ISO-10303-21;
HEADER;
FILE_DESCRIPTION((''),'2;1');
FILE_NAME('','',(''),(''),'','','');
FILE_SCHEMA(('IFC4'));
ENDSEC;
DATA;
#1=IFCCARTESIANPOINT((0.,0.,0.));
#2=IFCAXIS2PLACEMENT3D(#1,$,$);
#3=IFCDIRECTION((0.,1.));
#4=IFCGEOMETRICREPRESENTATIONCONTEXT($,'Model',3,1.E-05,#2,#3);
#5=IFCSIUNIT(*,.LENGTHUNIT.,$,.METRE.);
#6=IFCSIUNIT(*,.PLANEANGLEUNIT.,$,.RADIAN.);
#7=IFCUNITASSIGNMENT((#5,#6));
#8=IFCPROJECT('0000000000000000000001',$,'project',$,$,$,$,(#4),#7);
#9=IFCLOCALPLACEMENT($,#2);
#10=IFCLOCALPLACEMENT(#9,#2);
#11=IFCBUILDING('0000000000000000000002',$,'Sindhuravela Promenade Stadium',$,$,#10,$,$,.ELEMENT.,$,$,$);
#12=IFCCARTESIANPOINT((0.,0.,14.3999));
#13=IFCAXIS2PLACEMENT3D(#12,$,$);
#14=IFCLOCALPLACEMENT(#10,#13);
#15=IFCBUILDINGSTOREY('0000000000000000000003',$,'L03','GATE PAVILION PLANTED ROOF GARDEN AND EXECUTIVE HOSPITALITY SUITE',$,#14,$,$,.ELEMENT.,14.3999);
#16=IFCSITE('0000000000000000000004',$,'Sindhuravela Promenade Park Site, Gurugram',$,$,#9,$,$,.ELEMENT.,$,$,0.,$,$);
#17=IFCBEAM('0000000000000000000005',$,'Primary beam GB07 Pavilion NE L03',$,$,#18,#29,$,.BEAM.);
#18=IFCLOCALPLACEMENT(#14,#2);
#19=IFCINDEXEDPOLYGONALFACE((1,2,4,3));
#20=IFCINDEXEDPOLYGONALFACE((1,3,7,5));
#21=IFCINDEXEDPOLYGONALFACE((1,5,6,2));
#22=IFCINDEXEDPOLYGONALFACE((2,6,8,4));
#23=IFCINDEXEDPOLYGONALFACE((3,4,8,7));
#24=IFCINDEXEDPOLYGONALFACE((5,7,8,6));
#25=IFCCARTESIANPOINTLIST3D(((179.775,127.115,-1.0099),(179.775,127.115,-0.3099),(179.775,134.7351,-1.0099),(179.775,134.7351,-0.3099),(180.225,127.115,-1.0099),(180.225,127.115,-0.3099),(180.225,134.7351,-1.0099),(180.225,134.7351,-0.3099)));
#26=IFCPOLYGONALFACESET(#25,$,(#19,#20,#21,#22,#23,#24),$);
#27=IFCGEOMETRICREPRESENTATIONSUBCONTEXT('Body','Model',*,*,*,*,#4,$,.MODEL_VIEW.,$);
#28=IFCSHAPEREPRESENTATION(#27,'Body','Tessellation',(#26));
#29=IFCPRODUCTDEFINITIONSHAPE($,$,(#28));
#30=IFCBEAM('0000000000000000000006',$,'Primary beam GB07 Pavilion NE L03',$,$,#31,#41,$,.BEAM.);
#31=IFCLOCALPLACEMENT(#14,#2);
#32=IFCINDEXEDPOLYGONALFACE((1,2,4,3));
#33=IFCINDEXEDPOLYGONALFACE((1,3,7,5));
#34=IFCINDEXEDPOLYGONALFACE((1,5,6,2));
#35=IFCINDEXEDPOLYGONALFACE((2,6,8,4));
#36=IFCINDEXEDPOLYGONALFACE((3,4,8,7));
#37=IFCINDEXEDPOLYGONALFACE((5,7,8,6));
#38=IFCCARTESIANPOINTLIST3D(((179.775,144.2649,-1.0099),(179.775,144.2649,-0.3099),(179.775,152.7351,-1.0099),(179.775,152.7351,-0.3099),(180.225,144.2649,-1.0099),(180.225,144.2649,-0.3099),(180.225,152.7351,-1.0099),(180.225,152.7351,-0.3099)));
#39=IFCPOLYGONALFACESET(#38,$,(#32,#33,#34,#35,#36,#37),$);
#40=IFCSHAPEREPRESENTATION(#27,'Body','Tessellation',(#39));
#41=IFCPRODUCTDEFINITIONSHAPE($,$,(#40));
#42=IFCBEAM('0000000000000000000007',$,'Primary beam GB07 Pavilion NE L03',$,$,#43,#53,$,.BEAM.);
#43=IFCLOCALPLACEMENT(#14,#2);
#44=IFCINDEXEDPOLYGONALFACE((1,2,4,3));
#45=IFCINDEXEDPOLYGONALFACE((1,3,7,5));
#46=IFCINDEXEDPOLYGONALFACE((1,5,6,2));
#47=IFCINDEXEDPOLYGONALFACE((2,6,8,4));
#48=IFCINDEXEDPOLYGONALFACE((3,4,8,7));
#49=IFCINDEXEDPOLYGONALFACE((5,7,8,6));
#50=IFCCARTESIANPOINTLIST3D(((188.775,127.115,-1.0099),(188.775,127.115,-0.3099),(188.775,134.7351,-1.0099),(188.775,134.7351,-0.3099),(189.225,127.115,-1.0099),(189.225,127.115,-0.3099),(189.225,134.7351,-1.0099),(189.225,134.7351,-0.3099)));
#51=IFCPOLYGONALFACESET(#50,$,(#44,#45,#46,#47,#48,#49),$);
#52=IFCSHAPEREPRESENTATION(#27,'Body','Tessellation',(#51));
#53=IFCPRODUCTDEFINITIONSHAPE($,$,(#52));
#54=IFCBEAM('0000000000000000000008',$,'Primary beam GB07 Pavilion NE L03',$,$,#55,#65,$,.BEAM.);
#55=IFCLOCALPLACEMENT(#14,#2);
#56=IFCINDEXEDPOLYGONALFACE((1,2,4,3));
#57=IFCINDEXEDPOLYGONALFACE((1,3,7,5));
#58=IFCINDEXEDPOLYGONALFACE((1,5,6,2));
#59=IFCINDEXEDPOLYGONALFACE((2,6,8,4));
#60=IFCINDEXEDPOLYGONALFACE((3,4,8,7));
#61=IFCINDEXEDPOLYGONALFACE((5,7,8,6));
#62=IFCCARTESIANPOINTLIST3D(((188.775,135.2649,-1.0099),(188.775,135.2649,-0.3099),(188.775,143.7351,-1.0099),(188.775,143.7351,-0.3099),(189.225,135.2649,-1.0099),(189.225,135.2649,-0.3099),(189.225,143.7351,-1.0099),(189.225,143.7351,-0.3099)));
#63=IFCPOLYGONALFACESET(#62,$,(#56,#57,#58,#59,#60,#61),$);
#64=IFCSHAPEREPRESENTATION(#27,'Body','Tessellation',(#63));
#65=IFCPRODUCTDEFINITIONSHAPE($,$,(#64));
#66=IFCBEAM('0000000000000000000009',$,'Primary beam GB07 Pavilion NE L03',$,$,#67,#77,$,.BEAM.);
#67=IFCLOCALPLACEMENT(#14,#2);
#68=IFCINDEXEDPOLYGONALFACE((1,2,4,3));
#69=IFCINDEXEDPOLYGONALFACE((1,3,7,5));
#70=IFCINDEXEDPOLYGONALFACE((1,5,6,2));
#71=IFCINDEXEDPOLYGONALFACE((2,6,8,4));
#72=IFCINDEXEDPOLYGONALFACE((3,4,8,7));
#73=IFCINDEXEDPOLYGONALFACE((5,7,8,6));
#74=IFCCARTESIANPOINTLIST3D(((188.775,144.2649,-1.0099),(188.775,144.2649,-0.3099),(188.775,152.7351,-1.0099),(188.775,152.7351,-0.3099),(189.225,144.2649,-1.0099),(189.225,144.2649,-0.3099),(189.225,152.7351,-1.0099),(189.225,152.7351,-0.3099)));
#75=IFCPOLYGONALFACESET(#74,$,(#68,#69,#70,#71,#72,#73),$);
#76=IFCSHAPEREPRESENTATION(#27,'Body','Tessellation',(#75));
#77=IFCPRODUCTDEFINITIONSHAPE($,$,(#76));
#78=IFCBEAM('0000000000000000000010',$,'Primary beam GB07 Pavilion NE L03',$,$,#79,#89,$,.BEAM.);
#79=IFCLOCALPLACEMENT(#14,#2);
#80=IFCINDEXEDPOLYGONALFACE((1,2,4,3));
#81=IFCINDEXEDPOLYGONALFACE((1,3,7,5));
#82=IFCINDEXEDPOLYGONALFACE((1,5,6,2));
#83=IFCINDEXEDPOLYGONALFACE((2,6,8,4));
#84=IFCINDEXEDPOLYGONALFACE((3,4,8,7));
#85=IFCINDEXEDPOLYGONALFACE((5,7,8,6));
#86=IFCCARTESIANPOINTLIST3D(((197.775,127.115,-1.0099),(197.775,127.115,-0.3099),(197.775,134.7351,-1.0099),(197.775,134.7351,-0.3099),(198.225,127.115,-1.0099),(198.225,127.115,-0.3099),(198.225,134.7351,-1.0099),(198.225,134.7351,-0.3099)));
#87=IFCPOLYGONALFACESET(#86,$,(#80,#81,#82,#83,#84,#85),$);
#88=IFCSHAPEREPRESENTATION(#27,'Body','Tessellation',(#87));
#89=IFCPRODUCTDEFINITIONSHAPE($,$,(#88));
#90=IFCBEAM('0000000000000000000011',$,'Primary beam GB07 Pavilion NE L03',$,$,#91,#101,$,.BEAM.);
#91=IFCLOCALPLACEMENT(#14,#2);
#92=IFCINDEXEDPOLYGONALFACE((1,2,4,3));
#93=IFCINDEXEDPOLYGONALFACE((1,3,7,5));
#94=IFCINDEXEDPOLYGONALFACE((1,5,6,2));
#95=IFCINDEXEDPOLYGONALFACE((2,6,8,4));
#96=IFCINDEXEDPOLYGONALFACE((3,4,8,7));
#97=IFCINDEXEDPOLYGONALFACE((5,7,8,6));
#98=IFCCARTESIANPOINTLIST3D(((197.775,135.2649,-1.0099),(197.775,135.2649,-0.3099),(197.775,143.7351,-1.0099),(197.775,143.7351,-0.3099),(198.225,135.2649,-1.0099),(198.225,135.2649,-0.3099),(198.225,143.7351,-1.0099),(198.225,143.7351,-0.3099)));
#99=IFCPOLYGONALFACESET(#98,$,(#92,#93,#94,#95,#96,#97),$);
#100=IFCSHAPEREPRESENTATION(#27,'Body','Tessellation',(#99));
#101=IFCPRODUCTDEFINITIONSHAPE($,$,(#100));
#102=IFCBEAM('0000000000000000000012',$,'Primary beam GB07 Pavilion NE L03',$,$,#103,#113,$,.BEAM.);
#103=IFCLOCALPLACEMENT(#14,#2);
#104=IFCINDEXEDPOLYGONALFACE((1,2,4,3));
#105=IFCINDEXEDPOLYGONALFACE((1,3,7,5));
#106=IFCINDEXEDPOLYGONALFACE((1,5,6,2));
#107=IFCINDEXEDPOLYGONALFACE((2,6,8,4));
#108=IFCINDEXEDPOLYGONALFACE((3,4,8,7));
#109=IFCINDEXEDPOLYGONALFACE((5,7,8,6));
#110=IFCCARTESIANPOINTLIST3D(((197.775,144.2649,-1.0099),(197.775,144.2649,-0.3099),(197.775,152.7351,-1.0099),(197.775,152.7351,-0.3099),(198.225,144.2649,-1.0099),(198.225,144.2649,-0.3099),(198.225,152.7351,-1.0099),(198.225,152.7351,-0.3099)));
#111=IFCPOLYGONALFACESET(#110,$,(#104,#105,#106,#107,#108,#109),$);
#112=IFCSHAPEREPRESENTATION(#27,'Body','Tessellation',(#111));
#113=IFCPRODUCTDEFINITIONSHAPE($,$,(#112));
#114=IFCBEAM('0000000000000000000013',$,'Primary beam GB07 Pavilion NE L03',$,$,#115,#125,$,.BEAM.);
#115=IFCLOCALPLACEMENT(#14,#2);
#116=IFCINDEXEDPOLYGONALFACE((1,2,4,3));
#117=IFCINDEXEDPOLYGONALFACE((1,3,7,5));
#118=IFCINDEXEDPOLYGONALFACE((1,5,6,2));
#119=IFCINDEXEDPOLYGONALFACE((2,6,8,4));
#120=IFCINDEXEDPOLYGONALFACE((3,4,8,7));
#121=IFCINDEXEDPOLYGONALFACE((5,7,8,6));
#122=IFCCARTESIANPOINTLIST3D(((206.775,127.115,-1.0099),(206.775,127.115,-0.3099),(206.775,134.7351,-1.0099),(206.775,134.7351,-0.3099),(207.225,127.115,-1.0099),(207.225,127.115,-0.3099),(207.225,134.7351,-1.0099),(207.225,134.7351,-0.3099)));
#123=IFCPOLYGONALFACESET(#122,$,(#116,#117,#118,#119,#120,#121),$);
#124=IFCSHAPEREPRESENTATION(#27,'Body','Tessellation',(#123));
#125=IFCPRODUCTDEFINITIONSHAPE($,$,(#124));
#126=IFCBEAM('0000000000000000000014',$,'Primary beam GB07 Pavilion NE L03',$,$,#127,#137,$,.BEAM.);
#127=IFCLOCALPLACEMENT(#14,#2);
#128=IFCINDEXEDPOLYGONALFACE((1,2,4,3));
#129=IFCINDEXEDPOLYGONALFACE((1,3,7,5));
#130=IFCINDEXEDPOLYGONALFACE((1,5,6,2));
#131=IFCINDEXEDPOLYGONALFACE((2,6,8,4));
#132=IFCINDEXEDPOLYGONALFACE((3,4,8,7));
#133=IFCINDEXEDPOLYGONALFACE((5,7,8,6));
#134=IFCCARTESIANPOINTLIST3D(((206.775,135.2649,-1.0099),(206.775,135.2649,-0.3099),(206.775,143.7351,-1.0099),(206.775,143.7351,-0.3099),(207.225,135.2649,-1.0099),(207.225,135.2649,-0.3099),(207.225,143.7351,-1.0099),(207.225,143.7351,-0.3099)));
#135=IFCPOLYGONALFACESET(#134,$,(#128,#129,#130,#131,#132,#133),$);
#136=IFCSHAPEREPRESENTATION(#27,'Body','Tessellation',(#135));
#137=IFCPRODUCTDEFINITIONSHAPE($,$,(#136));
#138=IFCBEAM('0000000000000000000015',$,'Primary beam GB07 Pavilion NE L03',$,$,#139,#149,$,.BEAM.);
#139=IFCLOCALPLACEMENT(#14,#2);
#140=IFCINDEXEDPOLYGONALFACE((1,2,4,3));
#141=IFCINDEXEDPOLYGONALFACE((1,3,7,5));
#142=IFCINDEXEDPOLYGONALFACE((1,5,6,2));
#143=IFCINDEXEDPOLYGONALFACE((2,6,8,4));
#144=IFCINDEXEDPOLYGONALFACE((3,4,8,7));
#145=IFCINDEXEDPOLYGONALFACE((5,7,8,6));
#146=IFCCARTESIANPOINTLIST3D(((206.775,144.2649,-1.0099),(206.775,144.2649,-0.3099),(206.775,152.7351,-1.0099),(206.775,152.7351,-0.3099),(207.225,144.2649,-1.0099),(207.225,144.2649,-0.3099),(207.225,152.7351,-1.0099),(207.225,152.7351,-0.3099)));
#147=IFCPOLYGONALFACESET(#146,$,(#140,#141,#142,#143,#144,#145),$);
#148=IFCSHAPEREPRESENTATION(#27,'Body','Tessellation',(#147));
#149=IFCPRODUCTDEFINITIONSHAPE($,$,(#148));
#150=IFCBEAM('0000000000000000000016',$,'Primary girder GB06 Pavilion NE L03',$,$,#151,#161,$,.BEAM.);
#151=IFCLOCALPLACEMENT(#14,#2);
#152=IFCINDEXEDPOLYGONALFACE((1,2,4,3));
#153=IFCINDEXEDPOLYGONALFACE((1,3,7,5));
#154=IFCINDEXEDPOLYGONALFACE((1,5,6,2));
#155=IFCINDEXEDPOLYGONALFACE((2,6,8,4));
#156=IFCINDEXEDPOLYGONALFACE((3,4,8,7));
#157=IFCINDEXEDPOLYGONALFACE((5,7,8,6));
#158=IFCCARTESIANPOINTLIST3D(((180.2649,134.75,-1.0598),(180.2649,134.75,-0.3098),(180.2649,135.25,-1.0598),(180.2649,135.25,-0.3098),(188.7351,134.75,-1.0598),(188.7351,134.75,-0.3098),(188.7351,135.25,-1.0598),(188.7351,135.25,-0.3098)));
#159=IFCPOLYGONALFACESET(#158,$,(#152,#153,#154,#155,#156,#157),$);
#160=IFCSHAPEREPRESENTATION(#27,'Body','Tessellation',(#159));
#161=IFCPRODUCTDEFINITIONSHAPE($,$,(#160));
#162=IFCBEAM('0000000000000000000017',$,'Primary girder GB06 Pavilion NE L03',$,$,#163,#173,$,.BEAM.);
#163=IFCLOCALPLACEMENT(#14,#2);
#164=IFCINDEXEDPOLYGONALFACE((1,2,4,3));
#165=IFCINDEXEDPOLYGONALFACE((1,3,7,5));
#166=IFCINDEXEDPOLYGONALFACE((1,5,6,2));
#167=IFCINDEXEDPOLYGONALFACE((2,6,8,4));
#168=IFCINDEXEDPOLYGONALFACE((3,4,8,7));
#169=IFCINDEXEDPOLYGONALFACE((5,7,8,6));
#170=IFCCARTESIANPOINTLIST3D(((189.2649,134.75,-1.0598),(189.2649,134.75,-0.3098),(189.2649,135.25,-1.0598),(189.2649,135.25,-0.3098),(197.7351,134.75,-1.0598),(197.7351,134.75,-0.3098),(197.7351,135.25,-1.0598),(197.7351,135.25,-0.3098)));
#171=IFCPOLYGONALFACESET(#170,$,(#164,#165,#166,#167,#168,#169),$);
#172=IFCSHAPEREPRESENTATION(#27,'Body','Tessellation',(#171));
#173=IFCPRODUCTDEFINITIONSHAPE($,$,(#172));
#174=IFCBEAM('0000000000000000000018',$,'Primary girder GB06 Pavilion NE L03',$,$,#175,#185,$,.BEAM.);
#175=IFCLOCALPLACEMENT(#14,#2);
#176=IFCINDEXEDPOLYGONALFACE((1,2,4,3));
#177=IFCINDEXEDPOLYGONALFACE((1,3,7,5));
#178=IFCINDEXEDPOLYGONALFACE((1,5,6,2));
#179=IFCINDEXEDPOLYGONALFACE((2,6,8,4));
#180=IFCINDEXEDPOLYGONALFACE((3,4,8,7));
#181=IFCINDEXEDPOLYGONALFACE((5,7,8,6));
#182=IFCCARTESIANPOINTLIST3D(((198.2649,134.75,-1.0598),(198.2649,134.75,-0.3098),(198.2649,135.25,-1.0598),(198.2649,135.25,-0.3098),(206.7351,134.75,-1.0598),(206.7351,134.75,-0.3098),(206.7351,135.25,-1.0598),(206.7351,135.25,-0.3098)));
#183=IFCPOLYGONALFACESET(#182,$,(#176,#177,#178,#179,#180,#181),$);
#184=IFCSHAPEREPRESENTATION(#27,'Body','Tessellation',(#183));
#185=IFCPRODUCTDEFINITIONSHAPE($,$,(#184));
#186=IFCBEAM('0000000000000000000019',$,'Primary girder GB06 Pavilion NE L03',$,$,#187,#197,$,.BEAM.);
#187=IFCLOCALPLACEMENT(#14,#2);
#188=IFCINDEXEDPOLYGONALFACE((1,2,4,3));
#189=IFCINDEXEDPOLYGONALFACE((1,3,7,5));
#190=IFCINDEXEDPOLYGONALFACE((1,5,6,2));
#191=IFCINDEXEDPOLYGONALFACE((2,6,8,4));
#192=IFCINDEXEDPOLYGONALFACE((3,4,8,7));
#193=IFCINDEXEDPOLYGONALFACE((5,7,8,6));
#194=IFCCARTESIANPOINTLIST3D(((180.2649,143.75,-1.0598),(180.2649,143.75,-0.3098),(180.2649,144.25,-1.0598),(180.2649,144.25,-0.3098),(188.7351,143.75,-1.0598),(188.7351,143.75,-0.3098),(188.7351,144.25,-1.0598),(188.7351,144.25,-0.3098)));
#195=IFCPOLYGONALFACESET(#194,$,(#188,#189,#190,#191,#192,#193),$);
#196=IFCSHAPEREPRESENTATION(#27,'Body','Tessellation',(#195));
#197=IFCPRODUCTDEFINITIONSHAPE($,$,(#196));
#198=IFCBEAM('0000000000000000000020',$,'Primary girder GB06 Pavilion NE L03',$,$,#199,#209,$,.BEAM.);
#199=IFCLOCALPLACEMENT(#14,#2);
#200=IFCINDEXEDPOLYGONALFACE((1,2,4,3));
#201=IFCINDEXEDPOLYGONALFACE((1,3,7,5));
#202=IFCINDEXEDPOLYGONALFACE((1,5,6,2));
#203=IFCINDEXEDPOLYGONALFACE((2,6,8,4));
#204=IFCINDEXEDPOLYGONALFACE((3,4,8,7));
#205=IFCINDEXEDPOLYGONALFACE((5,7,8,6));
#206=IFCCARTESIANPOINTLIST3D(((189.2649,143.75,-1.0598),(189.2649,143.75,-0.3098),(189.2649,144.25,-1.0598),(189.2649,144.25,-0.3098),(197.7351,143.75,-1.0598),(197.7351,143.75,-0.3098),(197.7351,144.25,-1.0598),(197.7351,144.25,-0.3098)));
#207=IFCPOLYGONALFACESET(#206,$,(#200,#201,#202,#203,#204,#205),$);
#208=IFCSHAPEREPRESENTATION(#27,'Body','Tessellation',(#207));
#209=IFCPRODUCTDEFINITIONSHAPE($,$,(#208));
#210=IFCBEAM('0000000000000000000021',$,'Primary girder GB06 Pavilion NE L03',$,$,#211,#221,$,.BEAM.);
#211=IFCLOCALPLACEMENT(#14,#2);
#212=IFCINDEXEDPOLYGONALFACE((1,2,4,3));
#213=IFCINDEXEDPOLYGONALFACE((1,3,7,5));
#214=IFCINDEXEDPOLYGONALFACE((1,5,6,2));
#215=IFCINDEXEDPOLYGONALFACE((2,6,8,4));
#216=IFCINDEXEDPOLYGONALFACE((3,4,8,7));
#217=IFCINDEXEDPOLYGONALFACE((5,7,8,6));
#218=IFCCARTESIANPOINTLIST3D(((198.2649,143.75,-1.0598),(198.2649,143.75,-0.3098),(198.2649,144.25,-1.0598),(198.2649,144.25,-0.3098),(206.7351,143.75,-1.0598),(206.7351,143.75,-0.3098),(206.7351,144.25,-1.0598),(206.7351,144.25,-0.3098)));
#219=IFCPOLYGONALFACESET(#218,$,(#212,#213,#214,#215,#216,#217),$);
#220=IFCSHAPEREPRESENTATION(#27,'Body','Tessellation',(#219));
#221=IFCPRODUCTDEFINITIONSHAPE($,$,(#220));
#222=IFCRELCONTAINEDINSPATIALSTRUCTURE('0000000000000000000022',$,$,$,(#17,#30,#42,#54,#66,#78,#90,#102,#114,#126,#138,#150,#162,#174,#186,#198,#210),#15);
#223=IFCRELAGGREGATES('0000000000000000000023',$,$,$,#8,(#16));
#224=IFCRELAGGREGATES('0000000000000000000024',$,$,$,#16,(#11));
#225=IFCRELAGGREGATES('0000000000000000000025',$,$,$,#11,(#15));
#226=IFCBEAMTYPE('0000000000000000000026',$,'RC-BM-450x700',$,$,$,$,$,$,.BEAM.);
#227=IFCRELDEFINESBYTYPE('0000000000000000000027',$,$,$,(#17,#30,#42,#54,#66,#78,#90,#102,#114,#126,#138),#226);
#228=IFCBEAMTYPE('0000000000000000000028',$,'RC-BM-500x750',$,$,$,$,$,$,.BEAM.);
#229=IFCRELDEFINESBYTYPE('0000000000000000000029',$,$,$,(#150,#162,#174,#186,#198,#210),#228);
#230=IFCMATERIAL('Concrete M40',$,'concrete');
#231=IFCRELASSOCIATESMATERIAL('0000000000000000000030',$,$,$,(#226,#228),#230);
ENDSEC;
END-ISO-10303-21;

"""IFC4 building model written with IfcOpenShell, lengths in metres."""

from ifc_helpers import new_model, si_unit, direction, frame, origin, origin_2d, place, context, subcontext, project, spatial, rectangle, extrude, material, material_profile, profile_set, type_object, element, save


model = new_model("IFC4")

# Units and contexts
model_context = context("Model", 3, precision=1e-05, world=origin(), true_north=direction((0.0, 1.0)))
body_context = subcontext(model_context, "Body", "Model", "MODEL_VIEW")
ifc_project = project(units=[si_unit("LENGTHUNIT", "METRE"), si_unit("PLANEANGLEUNIT", "RADIAN")], contexts=[model_context])

# Site, building, storey
site_placement = place(None, origin())
site = spatial("IfcSite", under=ifc_project, at=site_placement, Name="Sindhuravela Promenade Park Site, Gurugram", CompositionType="ELEMENT", RefElevation=0.0)
building_placement = place(site_placement, origin())
building = spatial("IfcBuilding", under=site, at=building_placement, Name="Sindhuravela Promenade Stadium", CompositionType="ELEMENT")
storey_placement = place(building_placement, frame((0.0, 0.0, 14.3999)))
storey = spatial("IfcBuildingStorey", under=building, at=storey_placement, Name="L03", Description="GATE PAVILION PLANTED ROOF GARDEN AND EXECUTIVE HOSPITALITY SUITE", CompositionType="ELEMENT", Elevation=14.3999)

# Beams
ifc_material_1 = material(Name="Concrete M40", Category="concrete")
ifc_material_profile_1 = material_profile(ifc_material_1, rectangle(XDim=0.45, YDim=0.7, at=origin_2d()), Name="RC 450x700")
ifc_profile_set_1 = profile_set([ifc_material_profile_1], Name="Concrete M40")
beam_type_1 = type_object("IfcBeamType", Name="RC-BM-450x700", PredefinedType="BEAM", material=ifc_profile_set_1)
beam_1_placement = place(storey_placement, frame((180.0, 127.115, -0.6599), z_axis=(0.0, 1.0, 0.0), x_axis=(-1.0, 0.0, 0.0)))
element("IfcBeam", 1, at=beam_1_placement, inside=storey, type_object=beam_type_1, Name="Primary beam GB07 Pavilion NE L03", PredefinedType="BEAM", context=body_context, shape_type="SweptSolid", body=[
    extrude(rectangle(XDim=0.45, YDim=0.7, at=origin_2d()), origin(), (0.0, 0.0, 1.0), 7.6201),
])
beam_2_placement = place(storey_placement, frame((180.0, 144.2649, -0.6599), z_axis=(0.0, 1.0, 0.0), x_axis=(-1.0, 0.0, 0.0)))
element("IfcBeam", 2, at=beam_2_placement, inside=storey, type_object=beam_type_1, Name="Primary beam GB07 Pavilion NE L03", PredefinedType="BEAM", context=body_context, shape_type="SweptSolid", body=[
    extrude(rectangle(XDim=0.45, YDim=0.7, at=origin_2d()), origin(), (0.0, 0.0, 1.0), 8.4702),
])
beam_3_placement = place(storey_placement, frame((189.0, 127.115, -0.6599), z_axis=(0.0, 1.0, 0.0), x_axis=(-1.0, 0.0, 0.0)))
element("IfcBeam", 3, at=beam_3_placement, inside=storey, type_object=beam_type_1, Name="Primary beam GB07 Pavilion NE L03", PredefinedType="BEAM", context=body_context, shape_type="SweptSolid", body=[
    extrude(rectangle(XDim=0.45, YDim=0.7, at=origin_2d()), origin(), (0.0, 0.0, 1.0), 7.6201),
])
for number, where, z_axis, x_axis, name in (
    (4, (189.0, 135.2649, -0.6599), (0.0, 1.0, 0.0), (-1.0, 0.0, 0.0), "Primary beam GB07 Pavilion NE L03"),
    (5, (189.0, 144.2649, -0.6599), (0.0, 1.0, 0.0), (-1.0, 0.0, 0.0), "Primary beam GB07 Pavilion NE L03"),
):
    element("IfcBeam", number, at=place(storey_placement, frame(where, z_axis=z_axis, x_axis=x_axis)), inside=storey, type_object=beam_type_1, Name=name, PredefinedType="BEAM", context=body_context, shape_type="SweptSolid", body=[
        extrude(rectangle(XDim=0.45, YDim=0.7, at=origin_2d()), origin(), (0.0, 0.0, 1.0), 8.4702),
    ])
beam_4_placement = place(storey_placement, frame((198.0, 127.115, -0.6599), z_axis=(0.0, 1.0, 0.0), x_axis=(-1.0, 0.0, 0.0)))
element("IfcBeam", 6, at=beam_4_placement, inside=storey, type_object=beam_type_1, Name="Primary beam GB07 Pavilion NE L03", PredefinedType="BEAM", context=body_context, shape_type="SweptSolid", body=[
    extrude(rectangle(XDim=0.45, YDim=0.7, at=origin_2d()), origin(), (0.0, 0.0, 1.0), 7.6201),
])
for number, where, z_axis, x_axis, name in (
    (7, (198.0, 135.2649, -0.6599), (0.0, 1.0, 0.0), (-1.0, 0.0, 0.0), "Primary beam GB07 Pavilion NE L03"),
    (8, (198.0, 144.2649, -0.6599), (0.0, 1.0, 0.0), (-1.0, 0.0, 0.0), "Primary beam GB07 Pavilion NE L03"),
):
    element("IfcBeam", number, at=place(storey_placement, frame(where, z_axis=z_axis, x_axis=x_axis)), inside=storey, type_object=beam_type_1, Name=name, PredefinedType="BEAM", context=body_context, shape_type="SweptSolid", body=[
        extrude(rectangle(XDim=0.45, YDim=0.7, at=origin_2d()), origin(), (0.0, 0.0, 1.0), 8.4702),
    ])
beam_5_placement = place(storey_placement, frame((207.0, 127.115, -0.6599), z_axis=(0.0, 1.0, 0.0), x_axis=(-1.0, 0.0, 0.0)))
element("IfcBeam", 9, at=beam_5_placement, inside=storey, type_object=beam_type_1, Name="Primary beam GB07 Pavilion NE L03", PredefinedType="BEAM", context=body_context, shape_type="SweptSolid", body=[
    extrude(rectangle(XDim=0.45, YDim=0.7, at=origin_2d()), origin(), (0.0, 0.0, 1.0), 7.6201),
])
for number, where, z_axis, x_axis, name in (
    (10, (207.0, 135.2649, -0.6599), (0.0, 1.0, 0.0), (-1.0, 0.0, 0.0), "Primary beam GB07 Pavilion NE L03"),
    (11, (207.0, 144.2649, -0.6599), (0.0, 1.0, 0.0), (-1.0, 0.0, 0.0), "Primary beam GB07 Pavilion NE L03"),
):
    element("IfcBeam", number, at=place(storey_placement, frame(where, z_axis=z_axis, x_axis=x_axis)), inside=storey, type_object=beam_type_1, Name=name, PredefinedType="BEAM", context=body_context, shape_type="SweptSolid", body=[
        extrude(rectangle(XDim=0.45, YDim=0.7, at=origin_2d()), origin(), (0.0, 0.0, 1.0), 8.4702),
    ])
ifc_material_profile_2 = material_profile(ifc_material_1, rectangle(XDim=0.5, YDim=0.75, at=origin_2d()), Name="RC 500x750")
ifc_profile_set_2 = profile_set([ifc_material_profile_2], Name="Concrete M40")
beam_type_2 = type_object("IfcBeamType", Name="RC-BM-500x750", PredefinedType="BEAM", material=ifc_profile_set_2)
for number, where, z_axis, x_axis, name in (
    (12, (180.2649, 135.0, -0.6848), (1.0, 0.0, 0.0), (0.0, 1.0, 0.0), "Primary girder GB06 Pavilion NE L03"),
    (13, (189.2649, 135.0, -0.6848), (1.0, 0.0, 0.0), (0.0, 1.0, 0.0), "Primary girder GB06 Pavilion NE L03"),
    (14, (198.2649, 135.0, -0.6848), (1.0, 0.0, 0.0), (0.0, 1.0, 0.0), "Primary girder GB06 Pavilion NE L03"),
    (15, (180.2649, 144.0, -0.6848), (1.0, 0.0, 0.0), (0.0, 1.0, 0.0), "Primary girder GB06 Pavilion NE L03"),
    (16, (189.2649, 144.0, -0.6848), (1.0, 0.0, 0.0), (0.0, 1.0, 0.0), "Primary girder GB06 Pavilion NE L03"),
    (17, (198.2649, 144.0, -0.6848), (1.0, 0.0, 0.0), (0.0, 1.0, 0.0), "Primary girder GB06 Pavilion NE L03"),
):
    element("IfcBeam", number, at=place(storey_placement, frame(where, z_axis=z_axis, x_axis=x_axis)), inside=storey, type_object=beam_type_2, Name=name, PredefinedType="BEAM", context=body_context, shape_type="SweptSolid", body=[
        extrude(rectangle(XDim=0.5, YDim=0.75, at=origin_2d()), origin(), (0.0, 0.0, 1.0), 8.4702),
    ])

save(model, "model.ifc")
